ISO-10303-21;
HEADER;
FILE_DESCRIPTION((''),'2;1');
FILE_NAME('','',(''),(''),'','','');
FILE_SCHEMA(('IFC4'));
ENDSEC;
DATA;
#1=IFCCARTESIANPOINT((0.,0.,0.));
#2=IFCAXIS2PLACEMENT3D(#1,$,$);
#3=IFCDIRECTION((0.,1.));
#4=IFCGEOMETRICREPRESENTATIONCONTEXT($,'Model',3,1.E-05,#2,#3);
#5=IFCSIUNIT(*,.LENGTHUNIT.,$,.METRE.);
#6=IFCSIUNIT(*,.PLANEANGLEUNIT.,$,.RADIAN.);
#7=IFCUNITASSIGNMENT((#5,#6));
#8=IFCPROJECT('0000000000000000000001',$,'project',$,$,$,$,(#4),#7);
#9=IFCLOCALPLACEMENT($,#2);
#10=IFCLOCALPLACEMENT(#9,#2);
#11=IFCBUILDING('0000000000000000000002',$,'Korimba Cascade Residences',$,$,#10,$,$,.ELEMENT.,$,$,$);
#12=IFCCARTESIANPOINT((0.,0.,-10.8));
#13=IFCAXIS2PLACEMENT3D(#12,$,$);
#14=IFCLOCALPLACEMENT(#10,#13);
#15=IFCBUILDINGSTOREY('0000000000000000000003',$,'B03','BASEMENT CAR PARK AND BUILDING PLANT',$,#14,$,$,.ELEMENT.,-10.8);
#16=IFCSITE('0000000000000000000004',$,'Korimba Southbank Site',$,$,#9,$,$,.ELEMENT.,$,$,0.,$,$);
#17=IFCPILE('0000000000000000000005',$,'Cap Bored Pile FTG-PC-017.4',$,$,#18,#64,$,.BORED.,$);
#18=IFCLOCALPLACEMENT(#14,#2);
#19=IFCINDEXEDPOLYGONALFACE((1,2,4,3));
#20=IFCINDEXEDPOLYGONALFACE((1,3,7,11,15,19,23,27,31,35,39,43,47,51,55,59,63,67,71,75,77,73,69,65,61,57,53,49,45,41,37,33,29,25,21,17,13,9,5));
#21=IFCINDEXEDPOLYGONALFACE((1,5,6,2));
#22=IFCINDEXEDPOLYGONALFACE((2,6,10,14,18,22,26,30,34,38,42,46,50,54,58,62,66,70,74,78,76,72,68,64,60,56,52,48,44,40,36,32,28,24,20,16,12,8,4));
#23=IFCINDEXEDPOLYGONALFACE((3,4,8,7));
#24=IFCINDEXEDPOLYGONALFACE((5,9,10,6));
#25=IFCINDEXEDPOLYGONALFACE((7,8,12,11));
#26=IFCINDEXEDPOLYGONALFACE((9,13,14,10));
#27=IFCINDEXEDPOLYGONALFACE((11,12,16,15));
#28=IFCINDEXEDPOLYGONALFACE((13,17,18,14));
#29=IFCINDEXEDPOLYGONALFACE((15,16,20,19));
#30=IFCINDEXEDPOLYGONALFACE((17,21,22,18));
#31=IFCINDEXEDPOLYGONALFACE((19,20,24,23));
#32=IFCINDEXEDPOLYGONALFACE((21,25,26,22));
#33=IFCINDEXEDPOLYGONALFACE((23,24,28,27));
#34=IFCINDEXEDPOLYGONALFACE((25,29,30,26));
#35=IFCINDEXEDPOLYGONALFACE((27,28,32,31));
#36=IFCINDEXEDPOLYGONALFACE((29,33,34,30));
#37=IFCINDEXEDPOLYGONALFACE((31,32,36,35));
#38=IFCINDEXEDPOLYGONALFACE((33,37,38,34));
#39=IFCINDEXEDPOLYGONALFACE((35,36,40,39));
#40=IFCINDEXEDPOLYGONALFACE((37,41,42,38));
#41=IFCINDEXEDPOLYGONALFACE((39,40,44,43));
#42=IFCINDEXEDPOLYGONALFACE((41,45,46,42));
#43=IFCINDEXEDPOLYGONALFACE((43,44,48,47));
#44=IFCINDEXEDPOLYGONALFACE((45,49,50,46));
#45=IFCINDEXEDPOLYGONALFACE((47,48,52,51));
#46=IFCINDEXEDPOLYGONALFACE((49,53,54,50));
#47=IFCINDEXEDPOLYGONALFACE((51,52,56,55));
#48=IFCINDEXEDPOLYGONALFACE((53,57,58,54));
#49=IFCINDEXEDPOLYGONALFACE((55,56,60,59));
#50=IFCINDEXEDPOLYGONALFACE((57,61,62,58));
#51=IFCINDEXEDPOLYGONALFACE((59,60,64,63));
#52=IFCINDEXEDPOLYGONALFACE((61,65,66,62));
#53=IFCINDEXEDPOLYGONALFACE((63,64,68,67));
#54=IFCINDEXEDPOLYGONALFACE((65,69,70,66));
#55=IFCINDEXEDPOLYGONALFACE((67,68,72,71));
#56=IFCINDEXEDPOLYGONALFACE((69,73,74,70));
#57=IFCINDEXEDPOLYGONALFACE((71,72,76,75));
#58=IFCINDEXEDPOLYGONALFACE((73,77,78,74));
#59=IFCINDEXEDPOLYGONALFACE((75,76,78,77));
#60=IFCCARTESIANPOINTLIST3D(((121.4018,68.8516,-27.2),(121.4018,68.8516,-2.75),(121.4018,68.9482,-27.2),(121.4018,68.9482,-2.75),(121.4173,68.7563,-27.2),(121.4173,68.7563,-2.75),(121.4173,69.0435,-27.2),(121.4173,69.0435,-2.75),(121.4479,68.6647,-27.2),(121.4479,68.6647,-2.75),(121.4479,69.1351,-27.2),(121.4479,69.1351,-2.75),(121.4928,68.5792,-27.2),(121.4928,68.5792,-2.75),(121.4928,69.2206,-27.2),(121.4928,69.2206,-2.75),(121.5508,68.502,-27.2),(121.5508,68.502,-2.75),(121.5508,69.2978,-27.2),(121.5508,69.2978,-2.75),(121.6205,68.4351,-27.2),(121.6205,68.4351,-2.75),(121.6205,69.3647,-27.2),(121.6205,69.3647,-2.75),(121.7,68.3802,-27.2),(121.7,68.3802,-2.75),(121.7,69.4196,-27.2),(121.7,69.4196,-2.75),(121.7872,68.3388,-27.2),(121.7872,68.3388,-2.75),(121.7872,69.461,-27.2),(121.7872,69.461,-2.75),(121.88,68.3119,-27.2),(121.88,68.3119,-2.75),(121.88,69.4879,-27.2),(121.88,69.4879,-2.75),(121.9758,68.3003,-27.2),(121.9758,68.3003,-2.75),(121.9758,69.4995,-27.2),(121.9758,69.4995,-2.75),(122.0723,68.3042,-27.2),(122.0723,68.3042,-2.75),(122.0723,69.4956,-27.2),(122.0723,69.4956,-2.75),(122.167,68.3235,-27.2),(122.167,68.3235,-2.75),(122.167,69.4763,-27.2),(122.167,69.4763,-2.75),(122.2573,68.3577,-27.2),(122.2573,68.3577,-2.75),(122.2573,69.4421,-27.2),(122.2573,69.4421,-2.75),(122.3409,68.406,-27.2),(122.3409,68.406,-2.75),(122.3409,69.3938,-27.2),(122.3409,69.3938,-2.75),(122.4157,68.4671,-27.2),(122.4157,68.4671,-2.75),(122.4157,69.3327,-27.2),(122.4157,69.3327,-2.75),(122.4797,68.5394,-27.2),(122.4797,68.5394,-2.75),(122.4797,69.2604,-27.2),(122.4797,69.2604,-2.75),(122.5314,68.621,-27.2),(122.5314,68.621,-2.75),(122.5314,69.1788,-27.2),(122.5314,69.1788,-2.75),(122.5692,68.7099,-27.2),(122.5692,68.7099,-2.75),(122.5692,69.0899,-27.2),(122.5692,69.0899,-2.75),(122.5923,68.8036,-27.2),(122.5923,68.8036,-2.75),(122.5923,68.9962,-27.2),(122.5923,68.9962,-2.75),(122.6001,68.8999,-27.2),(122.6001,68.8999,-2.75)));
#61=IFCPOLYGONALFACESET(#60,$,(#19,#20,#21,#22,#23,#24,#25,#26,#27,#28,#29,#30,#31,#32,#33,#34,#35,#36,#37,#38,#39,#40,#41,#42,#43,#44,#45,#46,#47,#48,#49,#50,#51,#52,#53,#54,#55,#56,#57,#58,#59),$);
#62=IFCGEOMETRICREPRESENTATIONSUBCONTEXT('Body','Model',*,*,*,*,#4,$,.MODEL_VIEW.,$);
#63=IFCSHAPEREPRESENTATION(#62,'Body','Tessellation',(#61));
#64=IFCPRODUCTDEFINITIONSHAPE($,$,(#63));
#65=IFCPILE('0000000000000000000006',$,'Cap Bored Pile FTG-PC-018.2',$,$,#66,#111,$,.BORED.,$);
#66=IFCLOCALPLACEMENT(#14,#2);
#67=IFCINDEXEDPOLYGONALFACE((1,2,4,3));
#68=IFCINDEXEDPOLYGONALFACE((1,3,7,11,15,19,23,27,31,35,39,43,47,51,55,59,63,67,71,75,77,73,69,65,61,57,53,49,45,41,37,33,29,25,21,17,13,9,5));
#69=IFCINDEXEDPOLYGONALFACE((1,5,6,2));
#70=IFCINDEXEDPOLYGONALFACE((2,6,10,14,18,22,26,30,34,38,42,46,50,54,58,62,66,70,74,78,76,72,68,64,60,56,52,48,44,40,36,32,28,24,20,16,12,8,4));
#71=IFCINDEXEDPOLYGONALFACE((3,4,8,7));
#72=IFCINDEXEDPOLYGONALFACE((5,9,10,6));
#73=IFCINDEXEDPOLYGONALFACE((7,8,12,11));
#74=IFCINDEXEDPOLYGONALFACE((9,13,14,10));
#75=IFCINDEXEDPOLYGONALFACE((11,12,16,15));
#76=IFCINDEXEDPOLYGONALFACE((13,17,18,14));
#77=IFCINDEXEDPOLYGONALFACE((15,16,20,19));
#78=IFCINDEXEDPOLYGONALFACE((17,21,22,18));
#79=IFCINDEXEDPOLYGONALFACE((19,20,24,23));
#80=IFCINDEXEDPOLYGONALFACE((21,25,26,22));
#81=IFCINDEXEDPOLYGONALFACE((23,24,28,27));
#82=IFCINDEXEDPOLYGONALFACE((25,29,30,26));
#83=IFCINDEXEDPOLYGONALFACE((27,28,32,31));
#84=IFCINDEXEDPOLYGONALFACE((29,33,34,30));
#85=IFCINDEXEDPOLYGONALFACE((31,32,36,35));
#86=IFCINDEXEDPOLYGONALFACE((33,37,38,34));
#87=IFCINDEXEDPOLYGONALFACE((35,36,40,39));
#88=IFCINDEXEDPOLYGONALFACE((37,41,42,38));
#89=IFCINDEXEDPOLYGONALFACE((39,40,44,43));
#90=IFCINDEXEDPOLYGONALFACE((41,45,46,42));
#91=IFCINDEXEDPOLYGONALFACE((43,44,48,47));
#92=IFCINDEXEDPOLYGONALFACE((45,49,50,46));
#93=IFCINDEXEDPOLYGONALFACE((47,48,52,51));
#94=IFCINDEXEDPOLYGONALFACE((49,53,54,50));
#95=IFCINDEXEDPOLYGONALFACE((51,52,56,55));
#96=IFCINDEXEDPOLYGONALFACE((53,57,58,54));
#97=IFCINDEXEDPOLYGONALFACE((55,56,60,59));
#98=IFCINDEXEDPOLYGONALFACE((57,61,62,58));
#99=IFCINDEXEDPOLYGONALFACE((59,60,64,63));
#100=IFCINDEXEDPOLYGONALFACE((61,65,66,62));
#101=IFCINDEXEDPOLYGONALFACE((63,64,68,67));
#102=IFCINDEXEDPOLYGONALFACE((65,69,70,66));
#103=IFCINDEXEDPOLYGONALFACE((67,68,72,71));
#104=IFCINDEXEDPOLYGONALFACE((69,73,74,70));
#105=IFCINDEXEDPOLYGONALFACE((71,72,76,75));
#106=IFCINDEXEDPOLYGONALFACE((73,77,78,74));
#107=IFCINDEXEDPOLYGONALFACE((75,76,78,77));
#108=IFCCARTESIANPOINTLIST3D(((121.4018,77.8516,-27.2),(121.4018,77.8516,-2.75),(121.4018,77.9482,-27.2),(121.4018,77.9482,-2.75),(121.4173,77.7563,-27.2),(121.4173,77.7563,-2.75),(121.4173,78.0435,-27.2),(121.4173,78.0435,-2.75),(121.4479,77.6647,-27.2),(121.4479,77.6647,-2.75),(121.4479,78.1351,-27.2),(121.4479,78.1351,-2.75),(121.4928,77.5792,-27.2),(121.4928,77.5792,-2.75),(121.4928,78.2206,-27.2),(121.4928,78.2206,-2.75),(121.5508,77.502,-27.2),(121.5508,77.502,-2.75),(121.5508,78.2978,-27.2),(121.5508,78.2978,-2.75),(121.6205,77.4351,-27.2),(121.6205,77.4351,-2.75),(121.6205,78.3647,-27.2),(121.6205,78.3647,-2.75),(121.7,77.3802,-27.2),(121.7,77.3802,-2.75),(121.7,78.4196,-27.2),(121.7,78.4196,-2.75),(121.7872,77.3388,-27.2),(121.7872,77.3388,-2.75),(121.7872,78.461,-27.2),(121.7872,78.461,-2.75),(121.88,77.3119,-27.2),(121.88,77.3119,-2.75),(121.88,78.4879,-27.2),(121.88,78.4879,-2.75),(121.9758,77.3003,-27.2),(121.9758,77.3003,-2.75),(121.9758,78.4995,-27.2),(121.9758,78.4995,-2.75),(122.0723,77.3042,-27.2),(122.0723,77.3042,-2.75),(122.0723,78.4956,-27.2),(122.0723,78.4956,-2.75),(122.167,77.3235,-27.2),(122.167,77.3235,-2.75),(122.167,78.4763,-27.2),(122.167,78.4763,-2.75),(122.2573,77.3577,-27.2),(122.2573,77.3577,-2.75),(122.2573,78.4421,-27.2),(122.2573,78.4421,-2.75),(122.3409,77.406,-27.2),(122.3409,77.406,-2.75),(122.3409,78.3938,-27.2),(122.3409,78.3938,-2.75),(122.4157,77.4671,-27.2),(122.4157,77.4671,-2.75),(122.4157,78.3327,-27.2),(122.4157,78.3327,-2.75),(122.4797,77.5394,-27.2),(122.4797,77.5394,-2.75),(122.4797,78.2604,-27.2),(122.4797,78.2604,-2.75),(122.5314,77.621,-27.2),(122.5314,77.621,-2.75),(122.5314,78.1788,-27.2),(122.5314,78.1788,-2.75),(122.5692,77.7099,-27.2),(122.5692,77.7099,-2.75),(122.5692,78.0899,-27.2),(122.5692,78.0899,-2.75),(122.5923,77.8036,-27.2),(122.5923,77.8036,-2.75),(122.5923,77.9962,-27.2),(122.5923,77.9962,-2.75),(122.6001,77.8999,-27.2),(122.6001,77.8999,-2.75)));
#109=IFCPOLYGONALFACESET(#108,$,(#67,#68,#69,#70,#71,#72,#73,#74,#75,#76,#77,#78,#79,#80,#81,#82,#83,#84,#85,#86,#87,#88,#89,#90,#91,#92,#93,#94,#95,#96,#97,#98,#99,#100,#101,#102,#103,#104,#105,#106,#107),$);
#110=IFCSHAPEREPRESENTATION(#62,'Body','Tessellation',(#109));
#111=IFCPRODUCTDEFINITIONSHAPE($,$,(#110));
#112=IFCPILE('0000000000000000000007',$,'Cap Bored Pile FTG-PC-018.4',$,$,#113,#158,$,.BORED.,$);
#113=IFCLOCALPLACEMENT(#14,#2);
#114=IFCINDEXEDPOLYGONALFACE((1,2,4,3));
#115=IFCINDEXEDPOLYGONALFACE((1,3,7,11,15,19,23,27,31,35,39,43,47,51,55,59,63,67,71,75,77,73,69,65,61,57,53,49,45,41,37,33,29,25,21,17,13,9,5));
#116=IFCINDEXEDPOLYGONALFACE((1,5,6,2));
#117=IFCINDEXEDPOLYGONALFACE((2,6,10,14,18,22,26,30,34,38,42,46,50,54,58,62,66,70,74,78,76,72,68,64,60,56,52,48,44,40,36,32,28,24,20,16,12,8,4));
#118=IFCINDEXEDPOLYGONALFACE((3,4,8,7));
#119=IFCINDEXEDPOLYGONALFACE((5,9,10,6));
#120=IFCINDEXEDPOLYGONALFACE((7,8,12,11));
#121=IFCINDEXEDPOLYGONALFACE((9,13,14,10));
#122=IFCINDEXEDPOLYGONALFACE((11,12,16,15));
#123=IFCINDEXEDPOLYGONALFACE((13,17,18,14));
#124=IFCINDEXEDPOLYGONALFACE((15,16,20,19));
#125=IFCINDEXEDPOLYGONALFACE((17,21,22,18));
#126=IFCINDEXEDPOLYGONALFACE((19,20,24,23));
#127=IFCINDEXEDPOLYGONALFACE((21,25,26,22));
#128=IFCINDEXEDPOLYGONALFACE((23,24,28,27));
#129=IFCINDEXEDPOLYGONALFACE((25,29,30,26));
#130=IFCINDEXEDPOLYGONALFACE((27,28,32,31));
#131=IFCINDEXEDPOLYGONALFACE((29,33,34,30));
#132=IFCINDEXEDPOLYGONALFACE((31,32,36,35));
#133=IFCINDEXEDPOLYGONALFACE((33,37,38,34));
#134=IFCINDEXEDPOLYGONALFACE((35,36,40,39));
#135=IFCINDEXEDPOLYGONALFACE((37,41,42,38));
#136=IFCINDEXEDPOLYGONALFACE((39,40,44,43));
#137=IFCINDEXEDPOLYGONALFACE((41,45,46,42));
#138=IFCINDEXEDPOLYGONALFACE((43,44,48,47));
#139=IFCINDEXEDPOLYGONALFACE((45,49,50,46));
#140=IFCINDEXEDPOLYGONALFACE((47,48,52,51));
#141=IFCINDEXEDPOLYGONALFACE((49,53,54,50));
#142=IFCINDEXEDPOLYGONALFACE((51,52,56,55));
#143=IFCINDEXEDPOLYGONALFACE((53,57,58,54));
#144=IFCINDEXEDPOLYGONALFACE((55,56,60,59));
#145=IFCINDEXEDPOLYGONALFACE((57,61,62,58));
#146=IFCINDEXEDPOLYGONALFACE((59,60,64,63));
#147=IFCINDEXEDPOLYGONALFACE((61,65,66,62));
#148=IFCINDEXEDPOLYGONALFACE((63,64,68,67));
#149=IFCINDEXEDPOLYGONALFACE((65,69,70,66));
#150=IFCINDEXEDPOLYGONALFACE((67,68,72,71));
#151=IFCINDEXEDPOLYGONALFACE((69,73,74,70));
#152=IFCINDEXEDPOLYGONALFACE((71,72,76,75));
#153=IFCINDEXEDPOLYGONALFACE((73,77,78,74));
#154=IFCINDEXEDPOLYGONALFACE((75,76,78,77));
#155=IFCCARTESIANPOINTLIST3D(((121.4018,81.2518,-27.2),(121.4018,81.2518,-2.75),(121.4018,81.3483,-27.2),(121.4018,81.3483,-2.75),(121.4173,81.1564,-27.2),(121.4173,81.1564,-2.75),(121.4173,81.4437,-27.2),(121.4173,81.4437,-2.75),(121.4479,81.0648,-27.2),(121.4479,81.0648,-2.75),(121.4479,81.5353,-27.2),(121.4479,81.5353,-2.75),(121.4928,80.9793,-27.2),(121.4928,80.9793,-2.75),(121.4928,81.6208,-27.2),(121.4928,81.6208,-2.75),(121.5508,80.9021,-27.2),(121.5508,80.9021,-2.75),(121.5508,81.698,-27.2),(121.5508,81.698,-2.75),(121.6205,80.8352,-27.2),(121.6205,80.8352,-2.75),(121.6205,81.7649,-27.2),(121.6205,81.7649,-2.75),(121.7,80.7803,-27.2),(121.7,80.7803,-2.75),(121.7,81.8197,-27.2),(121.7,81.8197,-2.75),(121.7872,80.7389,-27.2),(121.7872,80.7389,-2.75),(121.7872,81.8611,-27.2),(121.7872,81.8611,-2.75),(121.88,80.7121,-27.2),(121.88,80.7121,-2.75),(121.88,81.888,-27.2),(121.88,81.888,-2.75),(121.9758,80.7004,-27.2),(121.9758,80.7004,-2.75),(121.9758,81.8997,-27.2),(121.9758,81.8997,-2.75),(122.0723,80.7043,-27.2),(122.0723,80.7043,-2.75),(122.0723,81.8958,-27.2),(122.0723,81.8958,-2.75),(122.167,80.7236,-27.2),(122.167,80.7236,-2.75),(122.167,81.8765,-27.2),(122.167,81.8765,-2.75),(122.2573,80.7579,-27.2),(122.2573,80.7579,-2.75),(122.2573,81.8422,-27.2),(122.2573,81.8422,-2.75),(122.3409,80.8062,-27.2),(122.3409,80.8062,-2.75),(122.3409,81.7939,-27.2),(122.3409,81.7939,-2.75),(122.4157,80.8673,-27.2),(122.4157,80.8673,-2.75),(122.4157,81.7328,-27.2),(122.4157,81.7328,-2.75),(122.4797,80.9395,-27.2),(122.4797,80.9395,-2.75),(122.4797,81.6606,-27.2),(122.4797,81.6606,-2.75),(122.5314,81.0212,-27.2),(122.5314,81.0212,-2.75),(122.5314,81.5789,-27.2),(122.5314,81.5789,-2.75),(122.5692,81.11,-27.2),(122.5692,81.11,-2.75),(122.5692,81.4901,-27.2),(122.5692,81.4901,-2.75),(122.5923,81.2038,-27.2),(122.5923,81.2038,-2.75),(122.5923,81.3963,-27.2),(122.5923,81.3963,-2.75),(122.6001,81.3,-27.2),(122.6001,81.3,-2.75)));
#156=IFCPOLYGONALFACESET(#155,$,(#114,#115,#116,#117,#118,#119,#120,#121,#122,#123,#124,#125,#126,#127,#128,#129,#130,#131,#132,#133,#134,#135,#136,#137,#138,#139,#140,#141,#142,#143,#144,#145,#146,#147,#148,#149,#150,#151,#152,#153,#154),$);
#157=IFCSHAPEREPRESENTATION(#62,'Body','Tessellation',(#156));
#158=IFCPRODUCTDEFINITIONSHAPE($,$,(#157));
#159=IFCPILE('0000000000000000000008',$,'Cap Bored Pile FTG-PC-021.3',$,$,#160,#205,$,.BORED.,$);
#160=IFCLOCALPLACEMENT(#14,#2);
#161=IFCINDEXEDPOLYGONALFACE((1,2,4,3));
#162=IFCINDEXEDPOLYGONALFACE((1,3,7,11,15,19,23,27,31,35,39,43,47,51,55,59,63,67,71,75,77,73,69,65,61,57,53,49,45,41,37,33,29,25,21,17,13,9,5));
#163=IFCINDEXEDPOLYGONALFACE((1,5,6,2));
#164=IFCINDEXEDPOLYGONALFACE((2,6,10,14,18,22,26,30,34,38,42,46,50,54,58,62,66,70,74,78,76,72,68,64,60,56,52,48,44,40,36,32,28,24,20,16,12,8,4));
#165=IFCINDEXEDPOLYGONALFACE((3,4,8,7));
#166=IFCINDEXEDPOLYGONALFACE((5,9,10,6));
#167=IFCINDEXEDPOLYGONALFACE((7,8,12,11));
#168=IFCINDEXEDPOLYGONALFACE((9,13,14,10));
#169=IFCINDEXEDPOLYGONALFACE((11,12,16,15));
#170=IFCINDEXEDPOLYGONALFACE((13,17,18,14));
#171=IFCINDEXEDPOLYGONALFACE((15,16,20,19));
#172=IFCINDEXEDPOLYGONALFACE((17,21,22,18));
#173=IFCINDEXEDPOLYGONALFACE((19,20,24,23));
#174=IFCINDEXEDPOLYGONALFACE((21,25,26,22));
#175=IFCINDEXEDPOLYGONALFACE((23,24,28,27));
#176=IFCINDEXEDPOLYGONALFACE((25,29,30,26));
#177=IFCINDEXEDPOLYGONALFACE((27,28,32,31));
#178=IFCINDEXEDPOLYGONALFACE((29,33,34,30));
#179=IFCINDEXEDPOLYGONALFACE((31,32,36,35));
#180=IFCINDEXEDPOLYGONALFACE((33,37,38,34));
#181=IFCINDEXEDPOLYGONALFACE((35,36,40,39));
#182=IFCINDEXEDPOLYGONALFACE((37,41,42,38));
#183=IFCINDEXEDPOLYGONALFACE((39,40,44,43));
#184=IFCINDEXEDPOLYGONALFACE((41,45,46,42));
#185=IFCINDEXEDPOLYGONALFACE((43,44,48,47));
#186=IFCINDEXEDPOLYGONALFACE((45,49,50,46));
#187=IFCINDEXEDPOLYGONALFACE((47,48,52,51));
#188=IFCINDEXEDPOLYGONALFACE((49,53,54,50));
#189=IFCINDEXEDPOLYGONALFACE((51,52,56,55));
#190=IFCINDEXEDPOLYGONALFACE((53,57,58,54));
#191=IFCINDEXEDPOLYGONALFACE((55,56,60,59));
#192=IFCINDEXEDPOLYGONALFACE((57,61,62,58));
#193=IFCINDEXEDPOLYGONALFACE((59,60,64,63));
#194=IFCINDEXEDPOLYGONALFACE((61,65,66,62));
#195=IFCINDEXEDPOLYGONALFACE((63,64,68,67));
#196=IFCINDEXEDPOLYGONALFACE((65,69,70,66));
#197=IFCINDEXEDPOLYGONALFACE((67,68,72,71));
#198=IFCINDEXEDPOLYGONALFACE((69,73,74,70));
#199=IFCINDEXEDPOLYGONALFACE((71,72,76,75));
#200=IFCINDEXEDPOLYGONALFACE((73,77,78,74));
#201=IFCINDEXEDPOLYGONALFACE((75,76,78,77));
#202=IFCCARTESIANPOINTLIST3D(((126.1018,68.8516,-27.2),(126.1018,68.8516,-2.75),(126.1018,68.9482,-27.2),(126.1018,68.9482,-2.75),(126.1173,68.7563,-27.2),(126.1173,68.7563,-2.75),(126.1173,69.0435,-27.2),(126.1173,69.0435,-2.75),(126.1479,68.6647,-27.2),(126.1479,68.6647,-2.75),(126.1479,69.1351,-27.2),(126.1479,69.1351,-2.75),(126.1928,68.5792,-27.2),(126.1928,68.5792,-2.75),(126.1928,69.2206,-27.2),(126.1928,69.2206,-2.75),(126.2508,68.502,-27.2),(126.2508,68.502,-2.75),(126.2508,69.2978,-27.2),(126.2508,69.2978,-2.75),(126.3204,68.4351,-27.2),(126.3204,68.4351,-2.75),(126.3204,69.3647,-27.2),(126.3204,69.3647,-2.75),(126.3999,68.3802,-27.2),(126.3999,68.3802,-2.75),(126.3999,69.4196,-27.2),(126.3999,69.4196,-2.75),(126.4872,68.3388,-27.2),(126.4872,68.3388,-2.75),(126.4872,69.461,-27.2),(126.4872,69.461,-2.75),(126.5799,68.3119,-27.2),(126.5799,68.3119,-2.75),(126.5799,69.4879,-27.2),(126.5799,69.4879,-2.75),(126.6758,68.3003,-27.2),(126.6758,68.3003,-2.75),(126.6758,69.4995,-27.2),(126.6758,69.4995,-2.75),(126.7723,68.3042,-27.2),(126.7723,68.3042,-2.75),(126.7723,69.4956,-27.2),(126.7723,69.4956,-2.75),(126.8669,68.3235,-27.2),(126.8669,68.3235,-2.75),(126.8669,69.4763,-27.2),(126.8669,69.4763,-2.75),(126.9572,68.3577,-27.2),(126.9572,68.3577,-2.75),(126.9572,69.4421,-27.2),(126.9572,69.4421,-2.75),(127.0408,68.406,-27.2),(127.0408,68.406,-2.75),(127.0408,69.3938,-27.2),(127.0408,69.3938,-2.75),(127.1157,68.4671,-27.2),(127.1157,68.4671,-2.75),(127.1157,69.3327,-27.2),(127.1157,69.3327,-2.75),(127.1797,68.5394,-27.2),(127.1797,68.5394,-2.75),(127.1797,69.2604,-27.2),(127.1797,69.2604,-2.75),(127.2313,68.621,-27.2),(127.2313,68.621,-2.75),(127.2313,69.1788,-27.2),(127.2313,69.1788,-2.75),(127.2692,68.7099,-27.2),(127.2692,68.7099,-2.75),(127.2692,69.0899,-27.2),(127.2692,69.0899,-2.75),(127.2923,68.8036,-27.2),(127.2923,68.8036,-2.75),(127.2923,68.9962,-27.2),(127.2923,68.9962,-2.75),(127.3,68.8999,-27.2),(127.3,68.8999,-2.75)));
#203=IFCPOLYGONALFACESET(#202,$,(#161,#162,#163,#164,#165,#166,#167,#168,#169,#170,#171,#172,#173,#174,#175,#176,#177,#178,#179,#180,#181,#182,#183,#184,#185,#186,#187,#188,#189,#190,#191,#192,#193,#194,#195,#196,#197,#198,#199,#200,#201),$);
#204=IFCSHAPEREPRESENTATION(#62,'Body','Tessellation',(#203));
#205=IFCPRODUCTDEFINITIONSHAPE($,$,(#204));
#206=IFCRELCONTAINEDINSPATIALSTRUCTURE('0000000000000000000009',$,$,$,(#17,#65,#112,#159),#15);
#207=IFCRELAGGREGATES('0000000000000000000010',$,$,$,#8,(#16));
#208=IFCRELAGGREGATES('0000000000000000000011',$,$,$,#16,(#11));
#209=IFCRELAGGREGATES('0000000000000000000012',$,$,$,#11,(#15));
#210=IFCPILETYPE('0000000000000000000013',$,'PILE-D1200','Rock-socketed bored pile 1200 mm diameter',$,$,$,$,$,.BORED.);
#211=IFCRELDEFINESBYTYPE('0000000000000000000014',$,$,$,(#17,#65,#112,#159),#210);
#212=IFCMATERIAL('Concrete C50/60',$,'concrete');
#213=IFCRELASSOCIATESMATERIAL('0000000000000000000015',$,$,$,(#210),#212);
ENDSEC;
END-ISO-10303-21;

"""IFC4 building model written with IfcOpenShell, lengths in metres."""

from ifc_helpers import new_model, si_unit, direction, frame, origin, origin_2d, place, context, subcontext, project, spatial, circle, extrude, material, material_profile, profile_set, type_object, element, save


model = new_model("IFC4")

# Units and contexts
model_context = context("Model", 3, precision=1e-05, world=origin(), true_north=direction((0.0, 1.0)))
body_context = subcontext(model_context, "Body", "Model", "MODEL_VIEW")
ifc_project = project(units=[si_unit("LENGTHUNIT", "METRE"), si_unit("PLANEANGLEUNIT", "RADIAN")], contexts=[model_context])

# Site, building, storey
site_placement = place(None, origin())
site = spatial("IfcSite", under=ifc_project, at=site_placement, Name="Korimba Southbank Site", CompositionType="ELEMENT", RefElevation=0.0)
building_placement = place(site_placement, origin())
building = spatial("IfcBuilding", under=site, at=building_placement, Name="Korimba Cascade Residences", CompositionType="ELEMENT")
storey_placement = place(building_placement, frame((0.0, 0.0, -10.8)))
storey = spatial("IfcBuildingStorey", under=building, at=storey_placement, Name="B03", Description="BASEMENT CAR PARK AND BUILDING PLANT", CompositionType="ELEMENT", Elevation=-10.8)

# Piles
ifc_material_1 = material(Name="Concrete C50/60", Category="concrete")
ifc_material_profile_1 = material_profile(ifc_material_1, circle(Radius=0.6001, at=origin_2d()), Name="Concrete C50/60")
ifc_profile_set_1 = profile_set([ifc_material_profile_1], Name="Concrete C50/60")
pile_type = type_object("IfcPileType", Name="PILE-D1200", Description="Rock-socketed bored pile 1200 mm diameter", PredefinedType="BORED", material=ifc_profile_set_1)
for number, where, z_axis, x_axis, name in (
    (1, (122.0, 68.8999, -2.75), (0.0, 0.0, -1.0), (1.0, 0.0, 0.0), "Cap Bored Pile FTG-PC-017.4"),
    (2, (122.0, 77.8999, -2.75), (0.0, 0.0, -1.0), (1.0, 0.0, 0.0), "Cap Bored Pile FTG-PC-018.2"),
    (3, (122.0, 81.3, -2.75), (0.0, 0.0, -1.0), (1.0, 0.0, 0.0), "Cap Bored Pile FTG-PC-018.4"),
    (4, (126.7, 68.8999, -2.75), (0.0, 0.0, -1.0), (1.0, 0.0, 0.0), "Cap Bored Pile FTG-PC-021.3"),
):
    element("IfcPile", number, at=place(storey_placement, frame(where, z_axis=z_axis, x_axis=x_axis)), inside=storey, type_object=pile_type, Name=name, PredefinedType="BORED", context=body_context, shape_type="SweptSolid", body=[
        extrude(circle(Radius=0.6001, at=origin_2d()), origin(), (0.0, 0.0, 1.0), 24.45),
    ])

save(model, "model.ifc")
